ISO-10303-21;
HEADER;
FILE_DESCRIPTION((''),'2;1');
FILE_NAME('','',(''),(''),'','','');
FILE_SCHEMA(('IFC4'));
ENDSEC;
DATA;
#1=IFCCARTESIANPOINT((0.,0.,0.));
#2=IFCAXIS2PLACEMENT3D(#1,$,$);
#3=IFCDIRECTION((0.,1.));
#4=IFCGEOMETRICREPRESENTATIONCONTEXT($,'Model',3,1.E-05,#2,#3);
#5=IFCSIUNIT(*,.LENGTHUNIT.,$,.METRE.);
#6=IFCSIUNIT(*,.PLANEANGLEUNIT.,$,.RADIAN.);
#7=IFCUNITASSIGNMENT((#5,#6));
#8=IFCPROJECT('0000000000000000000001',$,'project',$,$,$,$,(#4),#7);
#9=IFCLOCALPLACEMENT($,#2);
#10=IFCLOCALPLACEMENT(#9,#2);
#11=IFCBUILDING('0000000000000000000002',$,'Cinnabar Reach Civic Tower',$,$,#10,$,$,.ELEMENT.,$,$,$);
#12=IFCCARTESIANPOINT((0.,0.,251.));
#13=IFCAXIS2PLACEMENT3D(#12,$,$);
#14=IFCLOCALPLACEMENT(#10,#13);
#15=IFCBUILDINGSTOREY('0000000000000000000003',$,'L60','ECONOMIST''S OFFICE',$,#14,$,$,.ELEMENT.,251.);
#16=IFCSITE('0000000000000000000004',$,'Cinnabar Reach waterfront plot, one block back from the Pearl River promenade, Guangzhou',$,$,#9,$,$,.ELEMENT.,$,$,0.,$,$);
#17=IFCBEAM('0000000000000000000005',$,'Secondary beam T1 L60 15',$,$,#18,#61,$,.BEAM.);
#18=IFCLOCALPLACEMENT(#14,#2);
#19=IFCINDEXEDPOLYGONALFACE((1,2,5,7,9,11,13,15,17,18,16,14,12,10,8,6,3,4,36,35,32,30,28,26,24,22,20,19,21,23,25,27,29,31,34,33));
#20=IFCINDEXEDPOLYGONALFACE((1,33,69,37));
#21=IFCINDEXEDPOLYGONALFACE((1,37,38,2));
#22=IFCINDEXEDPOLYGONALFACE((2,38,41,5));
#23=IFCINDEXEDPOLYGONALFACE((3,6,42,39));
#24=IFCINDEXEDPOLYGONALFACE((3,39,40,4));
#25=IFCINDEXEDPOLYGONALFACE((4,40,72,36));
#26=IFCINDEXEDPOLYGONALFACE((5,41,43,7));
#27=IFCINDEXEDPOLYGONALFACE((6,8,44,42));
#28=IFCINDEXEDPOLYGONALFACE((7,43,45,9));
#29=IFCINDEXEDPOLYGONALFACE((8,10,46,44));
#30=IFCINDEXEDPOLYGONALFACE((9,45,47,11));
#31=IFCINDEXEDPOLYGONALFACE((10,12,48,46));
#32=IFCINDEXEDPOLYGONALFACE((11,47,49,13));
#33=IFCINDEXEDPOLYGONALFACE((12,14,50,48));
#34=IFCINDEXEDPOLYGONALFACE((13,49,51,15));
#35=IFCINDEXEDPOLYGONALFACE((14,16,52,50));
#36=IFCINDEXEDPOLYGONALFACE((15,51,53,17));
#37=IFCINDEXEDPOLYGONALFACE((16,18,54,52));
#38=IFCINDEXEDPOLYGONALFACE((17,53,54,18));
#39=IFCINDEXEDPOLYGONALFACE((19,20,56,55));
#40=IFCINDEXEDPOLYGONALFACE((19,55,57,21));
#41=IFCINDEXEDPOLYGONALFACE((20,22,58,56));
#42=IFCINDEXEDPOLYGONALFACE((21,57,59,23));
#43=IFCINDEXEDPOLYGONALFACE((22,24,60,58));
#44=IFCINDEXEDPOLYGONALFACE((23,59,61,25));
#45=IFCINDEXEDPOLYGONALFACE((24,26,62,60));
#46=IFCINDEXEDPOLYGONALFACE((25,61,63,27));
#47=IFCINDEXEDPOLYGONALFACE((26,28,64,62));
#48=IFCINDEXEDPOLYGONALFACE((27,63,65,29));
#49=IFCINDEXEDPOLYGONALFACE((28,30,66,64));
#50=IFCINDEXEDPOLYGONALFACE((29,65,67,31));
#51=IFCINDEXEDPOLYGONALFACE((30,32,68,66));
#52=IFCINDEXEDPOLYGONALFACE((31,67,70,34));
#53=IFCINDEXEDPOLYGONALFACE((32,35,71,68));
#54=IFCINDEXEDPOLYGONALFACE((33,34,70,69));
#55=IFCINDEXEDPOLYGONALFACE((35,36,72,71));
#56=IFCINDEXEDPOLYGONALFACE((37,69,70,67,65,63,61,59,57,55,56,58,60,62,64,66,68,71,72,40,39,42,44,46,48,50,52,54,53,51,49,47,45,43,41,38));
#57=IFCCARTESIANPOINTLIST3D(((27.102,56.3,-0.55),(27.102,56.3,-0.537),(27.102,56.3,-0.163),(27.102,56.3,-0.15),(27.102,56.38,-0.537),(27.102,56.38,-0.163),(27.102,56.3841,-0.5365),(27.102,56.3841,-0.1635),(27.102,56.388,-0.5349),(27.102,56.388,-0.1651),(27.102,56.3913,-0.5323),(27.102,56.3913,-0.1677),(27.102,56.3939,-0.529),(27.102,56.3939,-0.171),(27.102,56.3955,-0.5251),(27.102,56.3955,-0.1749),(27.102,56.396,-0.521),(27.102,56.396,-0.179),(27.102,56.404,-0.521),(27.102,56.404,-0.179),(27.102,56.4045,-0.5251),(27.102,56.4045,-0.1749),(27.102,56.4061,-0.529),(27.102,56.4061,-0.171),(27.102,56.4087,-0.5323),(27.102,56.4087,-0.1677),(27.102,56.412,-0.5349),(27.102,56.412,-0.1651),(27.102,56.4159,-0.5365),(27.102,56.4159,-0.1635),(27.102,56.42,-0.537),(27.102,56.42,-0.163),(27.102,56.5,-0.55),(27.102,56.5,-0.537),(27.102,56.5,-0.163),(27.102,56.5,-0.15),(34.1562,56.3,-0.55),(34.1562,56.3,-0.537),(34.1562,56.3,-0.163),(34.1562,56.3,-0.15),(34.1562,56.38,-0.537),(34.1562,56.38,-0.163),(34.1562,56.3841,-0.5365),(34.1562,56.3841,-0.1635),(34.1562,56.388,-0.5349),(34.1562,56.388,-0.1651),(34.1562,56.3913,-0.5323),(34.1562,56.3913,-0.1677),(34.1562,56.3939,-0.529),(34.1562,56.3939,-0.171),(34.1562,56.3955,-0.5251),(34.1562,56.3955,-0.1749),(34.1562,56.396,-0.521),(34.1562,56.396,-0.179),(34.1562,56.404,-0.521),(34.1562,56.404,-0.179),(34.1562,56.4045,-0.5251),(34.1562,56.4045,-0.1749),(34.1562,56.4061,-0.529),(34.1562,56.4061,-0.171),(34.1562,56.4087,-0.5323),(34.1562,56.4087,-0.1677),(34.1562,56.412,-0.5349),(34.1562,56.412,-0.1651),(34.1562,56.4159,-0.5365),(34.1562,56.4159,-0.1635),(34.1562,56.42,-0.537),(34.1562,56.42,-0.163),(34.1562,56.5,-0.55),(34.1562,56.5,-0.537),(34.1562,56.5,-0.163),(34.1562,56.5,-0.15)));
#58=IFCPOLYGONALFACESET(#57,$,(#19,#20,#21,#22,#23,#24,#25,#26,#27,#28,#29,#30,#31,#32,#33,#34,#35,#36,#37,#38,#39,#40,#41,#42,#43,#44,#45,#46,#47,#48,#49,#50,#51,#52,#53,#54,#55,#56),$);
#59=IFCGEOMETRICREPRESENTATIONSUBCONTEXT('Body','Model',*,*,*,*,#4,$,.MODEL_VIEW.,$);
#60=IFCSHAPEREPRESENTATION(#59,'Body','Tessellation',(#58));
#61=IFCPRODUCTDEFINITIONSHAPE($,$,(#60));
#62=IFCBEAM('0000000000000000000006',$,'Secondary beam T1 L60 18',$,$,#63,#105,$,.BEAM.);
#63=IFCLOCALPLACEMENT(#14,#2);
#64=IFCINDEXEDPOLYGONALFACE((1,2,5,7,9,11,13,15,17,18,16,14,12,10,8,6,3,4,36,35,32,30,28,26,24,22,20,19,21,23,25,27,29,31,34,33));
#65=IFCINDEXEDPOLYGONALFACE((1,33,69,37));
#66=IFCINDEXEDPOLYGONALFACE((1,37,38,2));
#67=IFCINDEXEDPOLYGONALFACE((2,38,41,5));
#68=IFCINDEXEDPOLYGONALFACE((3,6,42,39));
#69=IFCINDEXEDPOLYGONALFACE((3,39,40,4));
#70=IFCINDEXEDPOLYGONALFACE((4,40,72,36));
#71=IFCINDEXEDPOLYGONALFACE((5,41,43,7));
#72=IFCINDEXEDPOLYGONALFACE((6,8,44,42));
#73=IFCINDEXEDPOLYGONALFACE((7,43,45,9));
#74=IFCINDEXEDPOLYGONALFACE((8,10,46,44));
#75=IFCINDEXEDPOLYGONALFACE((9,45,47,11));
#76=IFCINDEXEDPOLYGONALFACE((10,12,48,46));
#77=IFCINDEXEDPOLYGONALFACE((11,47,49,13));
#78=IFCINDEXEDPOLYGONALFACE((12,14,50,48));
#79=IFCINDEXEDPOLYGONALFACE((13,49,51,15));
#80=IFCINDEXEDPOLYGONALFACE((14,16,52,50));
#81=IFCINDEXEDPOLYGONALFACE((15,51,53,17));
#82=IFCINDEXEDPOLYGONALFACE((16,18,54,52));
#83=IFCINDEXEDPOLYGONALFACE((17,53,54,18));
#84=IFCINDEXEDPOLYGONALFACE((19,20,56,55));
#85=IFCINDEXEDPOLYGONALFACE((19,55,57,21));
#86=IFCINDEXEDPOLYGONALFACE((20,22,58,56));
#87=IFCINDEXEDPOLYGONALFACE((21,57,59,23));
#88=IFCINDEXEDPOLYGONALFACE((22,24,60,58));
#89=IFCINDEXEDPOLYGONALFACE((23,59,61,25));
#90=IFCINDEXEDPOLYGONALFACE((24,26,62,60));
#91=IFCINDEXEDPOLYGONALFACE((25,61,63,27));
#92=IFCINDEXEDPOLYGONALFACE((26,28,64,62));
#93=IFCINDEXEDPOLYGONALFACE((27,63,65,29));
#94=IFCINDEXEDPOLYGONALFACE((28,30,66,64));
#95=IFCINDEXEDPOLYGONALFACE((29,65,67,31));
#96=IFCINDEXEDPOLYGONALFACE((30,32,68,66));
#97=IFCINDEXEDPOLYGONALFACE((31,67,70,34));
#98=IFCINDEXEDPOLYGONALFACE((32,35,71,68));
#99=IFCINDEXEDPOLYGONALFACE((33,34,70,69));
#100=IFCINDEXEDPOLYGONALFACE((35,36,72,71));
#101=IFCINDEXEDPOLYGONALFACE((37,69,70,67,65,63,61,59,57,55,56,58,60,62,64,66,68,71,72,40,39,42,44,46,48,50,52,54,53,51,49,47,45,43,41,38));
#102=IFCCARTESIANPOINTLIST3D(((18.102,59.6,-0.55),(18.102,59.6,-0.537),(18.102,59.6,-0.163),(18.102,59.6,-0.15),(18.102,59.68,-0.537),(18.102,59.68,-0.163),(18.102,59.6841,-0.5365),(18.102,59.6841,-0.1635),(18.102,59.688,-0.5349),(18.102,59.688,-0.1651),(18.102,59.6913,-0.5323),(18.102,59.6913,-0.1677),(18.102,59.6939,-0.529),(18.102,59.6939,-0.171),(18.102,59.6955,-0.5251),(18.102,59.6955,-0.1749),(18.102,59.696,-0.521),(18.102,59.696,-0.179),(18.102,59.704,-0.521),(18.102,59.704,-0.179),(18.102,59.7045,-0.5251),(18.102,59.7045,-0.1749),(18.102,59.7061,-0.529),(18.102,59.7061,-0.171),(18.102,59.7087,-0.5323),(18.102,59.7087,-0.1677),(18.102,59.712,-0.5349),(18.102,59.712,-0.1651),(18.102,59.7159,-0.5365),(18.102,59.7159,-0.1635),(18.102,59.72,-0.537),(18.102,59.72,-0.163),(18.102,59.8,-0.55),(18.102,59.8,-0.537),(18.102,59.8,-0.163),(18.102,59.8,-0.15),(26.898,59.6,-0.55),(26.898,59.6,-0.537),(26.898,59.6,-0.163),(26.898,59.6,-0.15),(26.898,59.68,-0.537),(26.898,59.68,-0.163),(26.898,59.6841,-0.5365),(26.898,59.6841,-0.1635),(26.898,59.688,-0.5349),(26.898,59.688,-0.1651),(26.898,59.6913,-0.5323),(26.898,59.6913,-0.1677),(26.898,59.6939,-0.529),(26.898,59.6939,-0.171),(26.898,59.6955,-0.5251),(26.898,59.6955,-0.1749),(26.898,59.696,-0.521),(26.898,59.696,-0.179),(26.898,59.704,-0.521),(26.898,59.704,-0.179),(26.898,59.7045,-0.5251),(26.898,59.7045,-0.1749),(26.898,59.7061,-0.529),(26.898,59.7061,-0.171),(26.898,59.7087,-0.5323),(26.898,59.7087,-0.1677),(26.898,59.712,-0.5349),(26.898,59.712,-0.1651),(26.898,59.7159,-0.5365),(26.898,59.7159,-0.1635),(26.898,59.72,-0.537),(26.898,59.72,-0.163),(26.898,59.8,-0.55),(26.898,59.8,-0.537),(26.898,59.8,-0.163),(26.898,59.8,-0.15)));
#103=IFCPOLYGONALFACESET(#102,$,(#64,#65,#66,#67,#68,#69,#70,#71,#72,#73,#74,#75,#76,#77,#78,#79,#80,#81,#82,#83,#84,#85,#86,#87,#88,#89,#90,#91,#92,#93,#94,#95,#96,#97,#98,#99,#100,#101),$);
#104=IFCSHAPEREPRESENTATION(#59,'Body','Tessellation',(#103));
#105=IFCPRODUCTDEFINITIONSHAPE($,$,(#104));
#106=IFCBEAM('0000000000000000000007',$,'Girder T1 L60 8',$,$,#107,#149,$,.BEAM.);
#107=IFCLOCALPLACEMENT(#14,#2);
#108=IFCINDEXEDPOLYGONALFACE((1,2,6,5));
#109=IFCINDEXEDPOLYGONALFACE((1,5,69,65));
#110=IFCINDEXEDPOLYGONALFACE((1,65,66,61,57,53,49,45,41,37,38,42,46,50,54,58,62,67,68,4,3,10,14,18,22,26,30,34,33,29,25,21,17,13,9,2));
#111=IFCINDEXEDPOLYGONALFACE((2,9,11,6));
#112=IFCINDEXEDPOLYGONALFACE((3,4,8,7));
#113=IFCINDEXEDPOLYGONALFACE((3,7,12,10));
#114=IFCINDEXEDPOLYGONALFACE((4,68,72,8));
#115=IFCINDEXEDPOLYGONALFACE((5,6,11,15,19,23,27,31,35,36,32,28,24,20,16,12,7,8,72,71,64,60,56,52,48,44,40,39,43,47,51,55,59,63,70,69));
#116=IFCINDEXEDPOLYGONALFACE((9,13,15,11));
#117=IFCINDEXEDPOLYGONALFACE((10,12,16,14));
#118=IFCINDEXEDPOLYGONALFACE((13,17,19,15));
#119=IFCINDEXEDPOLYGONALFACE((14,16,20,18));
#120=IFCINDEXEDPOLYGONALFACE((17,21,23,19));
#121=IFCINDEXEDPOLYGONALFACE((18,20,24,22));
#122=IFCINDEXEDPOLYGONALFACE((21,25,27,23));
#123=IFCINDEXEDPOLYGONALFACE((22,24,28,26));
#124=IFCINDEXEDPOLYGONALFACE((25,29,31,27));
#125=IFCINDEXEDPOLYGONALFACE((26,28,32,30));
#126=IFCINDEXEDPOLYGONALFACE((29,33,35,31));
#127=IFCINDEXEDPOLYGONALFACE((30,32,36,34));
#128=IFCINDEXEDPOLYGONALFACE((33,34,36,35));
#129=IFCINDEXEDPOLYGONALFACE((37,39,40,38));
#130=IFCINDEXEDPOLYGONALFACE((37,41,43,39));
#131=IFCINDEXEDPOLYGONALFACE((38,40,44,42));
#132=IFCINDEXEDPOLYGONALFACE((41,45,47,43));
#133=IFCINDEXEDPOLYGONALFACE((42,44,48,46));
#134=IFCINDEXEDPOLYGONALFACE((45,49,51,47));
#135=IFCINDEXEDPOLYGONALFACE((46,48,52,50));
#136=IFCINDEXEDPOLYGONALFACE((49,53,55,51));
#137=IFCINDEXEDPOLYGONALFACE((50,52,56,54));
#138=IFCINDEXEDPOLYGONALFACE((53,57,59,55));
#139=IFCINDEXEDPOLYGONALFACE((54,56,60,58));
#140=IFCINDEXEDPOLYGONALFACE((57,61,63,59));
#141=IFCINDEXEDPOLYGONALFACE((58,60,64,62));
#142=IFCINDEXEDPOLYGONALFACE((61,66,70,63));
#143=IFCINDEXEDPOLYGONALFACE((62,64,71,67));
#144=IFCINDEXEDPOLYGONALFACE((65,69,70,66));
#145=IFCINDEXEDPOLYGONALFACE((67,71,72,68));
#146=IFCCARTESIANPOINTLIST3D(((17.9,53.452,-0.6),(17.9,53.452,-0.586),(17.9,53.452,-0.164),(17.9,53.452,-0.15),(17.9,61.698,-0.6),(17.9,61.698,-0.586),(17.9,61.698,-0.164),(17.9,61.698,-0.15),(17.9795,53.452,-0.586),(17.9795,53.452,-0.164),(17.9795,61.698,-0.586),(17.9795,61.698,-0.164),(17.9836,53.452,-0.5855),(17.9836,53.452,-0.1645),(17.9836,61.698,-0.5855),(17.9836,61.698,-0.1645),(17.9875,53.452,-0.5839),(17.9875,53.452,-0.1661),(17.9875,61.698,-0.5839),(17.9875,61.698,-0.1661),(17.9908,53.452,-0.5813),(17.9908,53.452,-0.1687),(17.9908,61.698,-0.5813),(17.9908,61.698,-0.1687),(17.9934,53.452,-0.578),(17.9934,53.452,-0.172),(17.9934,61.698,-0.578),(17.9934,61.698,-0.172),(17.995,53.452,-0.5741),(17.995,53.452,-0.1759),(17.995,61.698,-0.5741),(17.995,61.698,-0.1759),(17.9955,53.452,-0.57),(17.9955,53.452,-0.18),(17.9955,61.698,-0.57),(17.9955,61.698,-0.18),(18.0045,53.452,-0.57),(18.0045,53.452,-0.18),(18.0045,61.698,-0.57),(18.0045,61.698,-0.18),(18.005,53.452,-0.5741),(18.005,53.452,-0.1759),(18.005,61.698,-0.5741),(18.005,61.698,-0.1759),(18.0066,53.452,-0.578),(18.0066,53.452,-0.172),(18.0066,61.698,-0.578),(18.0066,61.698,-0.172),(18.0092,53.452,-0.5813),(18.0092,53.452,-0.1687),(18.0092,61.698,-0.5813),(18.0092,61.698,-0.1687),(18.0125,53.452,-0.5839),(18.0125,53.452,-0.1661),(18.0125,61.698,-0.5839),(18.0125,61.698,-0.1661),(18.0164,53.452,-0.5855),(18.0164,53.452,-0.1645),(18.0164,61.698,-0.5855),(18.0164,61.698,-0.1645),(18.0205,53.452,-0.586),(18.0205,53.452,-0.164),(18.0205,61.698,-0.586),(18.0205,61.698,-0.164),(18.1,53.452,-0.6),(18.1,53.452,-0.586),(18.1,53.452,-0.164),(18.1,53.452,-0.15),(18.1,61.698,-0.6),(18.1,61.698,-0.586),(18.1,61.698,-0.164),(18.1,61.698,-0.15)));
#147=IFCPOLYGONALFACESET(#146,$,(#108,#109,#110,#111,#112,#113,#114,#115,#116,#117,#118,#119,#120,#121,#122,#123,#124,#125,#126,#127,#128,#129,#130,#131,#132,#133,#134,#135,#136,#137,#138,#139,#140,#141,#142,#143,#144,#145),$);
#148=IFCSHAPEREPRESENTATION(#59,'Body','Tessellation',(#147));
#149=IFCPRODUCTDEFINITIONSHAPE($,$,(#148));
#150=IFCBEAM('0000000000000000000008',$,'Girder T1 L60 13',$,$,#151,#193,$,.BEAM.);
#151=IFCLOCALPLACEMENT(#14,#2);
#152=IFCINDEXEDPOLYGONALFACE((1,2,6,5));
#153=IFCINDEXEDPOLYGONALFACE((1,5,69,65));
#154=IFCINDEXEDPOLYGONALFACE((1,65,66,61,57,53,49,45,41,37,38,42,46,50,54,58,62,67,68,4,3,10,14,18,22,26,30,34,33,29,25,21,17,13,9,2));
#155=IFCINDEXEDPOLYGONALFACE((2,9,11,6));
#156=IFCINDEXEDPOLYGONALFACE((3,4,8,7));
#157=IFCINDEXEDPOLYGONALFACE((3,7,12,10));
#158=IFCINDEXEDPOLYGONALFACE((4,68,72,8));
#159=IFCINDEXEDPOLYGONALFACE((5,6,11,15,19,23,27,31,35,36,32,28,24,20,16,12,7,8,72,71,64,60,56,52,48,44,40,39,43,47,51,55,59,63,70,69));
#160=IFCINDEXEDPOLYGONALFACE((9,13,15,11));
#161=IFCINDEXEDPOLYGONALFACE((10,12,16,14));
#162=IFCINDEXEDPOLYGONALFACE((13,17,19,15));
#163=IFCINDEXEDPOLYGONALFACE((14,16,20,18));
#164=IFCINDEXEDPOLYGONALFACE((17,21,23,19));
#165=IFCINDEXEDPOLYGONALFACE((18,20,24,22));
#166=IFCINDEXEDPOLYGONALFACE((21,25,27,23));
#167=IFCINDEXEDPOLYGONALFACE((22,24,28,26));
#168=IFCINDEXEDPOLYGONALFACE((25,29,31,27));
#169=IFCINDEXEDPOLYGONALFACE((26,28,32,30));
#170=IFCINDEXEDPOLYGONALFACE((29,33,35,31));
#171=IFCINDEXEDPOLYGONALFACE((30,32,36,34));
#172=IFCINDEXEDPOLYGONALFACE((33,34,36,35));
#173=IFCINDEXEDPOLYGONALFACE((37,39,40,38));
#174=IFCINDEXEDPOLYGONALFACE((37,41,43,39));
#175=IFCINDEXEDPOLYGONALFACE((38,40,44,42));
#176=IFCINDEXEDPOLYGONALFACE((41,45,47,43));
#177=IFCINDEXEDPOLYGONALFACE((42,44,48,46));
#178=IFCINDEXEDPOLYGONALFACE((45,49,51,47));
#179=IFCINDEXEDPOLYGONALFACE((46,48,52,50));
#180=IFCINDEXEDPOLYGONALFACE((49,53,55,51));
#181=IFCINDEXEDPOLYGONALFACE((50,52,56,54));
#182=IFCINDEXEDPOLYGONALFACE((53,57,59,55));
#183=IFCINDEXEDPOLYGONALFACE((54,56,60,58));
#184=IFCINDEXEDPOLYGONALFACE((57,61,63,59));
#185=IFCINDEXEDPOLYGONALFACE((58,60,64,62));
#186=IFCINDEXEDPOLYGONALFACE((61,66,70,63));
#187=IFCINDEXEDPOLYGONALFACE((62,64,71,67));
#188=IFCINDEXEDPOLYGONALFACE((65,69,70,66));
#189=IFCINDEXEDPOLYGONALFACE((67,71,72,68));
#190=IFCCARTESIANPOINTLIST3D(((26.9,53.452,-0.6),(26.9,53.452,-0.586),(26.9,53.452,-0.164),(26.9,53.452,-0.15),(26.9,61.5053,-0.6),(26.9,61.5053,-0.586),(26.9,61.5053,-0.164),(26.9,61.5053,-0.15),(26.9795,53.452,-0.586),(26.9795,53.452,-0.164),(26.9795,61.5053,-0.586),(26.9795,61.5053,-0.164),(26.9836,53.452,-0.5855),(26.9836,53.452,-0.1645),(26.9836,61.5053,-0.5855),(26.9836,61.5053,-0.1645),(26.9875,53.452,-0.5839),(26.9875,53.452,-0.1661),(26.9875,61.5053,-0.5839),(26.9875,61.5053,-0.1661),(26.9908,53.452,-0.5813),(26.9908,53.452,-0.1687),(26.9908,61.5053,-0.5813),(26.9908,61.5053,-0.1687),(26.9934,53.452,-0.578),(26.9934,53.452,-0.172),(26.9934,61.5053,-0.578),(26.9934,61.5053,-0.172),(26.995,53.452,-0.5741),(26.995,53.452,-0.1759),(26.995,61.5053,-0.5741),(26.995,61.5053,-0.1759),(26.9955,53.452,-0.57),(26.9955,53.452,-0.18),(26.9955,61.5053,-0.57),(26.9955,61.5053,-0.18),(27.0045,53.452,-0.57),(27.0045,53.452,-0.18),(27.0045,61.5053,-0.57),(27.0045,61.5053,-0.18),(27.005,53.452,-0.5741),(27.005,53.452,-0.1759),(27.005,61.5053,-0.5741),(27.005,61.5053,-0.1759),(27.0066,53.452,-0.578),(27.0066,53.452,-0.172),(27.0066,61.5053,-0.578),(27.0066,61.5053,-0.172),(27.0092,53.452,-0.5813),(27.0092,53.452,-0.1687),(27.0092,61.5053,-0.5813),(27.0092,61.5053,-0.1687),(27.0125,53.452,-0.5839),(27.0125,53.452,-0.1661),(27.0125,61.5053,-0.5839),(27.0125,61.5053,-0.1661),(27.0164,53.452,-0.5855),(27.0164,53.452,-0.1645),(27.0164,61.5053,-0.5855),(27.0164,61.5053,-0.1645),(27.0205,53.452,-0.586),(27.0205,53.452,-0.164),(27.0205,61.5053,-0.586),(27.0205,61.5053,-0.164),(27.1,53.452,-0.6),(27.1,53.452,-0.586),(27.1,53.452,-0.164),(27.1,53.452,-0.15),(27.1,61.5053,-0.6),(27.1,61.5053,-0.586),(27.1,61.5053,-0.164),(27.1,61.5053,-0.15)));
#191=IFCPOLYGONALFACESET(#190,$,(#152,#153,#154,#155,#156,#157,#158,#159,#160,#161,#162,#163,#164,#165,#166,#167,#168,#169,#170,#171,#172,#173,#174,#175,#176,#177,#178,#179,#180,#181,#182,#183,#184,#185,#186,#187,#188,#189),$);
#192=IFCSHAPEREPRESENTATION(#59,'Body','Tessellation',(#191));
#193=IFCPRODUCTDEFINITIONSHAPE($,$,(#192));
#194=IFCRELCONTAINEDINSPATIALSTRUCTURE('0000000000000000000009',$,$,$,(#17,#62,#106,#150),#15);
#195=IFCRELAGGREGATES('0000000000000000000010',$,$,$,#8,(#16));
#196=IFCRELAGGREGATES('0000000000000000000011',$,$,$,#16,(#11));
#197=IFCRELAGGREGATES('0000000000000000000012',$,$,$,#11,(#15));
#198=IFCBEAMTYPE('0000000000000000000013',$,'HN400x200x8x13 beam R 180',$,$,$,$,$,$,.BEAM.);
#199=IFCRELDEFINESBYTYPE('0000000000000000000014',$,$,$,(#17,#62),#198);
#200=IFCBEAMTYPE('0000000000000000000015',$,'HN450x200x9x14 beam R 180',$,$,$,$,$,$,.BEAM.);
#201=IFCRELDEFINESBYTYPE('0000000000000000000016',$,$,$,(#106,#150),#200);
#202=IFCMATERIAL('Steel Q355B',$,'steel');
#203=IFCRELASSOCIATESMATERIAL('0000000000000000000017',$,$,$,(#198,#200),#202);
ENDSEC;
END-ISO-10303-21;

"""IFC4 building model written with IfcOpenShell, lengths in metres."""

from ifc_helpers import new_model, si_unit, direction, frame, origin, origin_2d, place, context, subcontext, project, spatial, i_section, extrude, material, material_profile, profile_set, type_object, element, save


model = new_model("IFC4")

# Units and contexts
model_context = context("Model", 3, precision=1e-05, world=origin(), true_north=direction((0.0, 1.0)))
body_context = subcontext(model_context, "Body", "Model", "MODEL_VIEW")
ifc_project = project(units=[si_unit("LENGTHUNIT", "METRE"), si_unit("PLANEANGLEUNIT", "RADIAN")], contexts=[model_context])

# Site, building, storey
site_placement = place(None, origin())
site = spatial("IfcSite", under=ifc_project, at=site_placement, Name="Cinnabar Reach waterfront plot, one block back from the Pearl River promenade, Guangzhou", CompositionType="ELEMENT", RefElevation=0.0)
building_placement = place(site_placement, origin())
building = spatial("IfcBuilding", under=site, at=building_placement, Name="Cinnabar Reach Civic Tower", CompositionType="ELEMENT")
storey_placement = place(building_placement, frame((0.0, 0.0, 251.0)))
storey = spatial("IfcBuildingStorey", under=building, at=storey_placement, Name="L60", Description="ECONOMIST'S OFFICE", CompositionType="ELEMENT", Elevation=251.0)

# Beams
ifc_material_1 = material(Name="Steel Q355B", Category="steel")
ifc_material_profile_1 = material_profile(ifc_material_1, i_section(OverallWidth=0.2, OverallDepth=0.4, WebThickness=0.008, FlangeThickness=0.013, FilletRadius=0.016, at=origin_2d()), Name="HN400x200x8x13")
ifc_profile_set_1 = profile_set([ifc_material_profile_1], Name="Steel Q355B")
beam_type_1 = type_object("IfcBeamType", Name="HN400x200x8x13 beam R 180", PredefinedType="BEAM", material=ifc_profile_set_1)
beam_1_placement = place(storey_placement, frame((27.102, 56.4, -0.35), z_axis=(1.0, 0.0, 0.0), x_axis=(0.0, 1.0, 0.0)))
element("IfcBeam", 1, at=beam_1_placement, inside=storey, type_object=beam_type_1, Name="Secondary beam T1 L60 15", PredefinedType="BEAM", context=body_context, shape_type="SweptSolid", body=[
    extrude(i_section(OverallWidth=0.2, OverallDepth=0.4, WebThickness=0.008, FlangeThickness=0.013, FilletRadius=0.016, at=origin_2d()), origin(), (0.0, 0.0, 1.0), 7.0542),
])
beam_2_placement = place(storey_placement, frame((18.102, 59.7, -0.35), z_axis=(1.0, 0.0, 0.0), x_axis=(0.0, 1.0, 0.0)))
element("IfcBeam", 2, at=beam_2_placement, inside=storey, type_object=beam_type_1, Name="Secondary beam T1 L60 18", PredefinedType="BEAM", context=body_context, shape_type="SweptSolid", body=[
    extrude(i_section(OverallWidth=0.2, OverallDepth=0.4, WebThickness=0.008, FlangeThickness=0.013, FilletRadius=0.016, at=origin_2d()), origin(), (0.0, 0.0, 1.0), 8.796),
])
ifc_material_profile_2 = material_profile(ifc_material_1, i_section(OverallWidth=0.2, OverallDepth=0.45, WebThickness=0.009, FlangeThickness=0.014, FilletRadius=0.016, at=origin_2d()), Name="HN450x200x9x14")
ifc_profile_set_2 = profile_set([ifc_material_profile_2], Name="Steel Q355B")
beam_type_2 = type_object("IfcBeamType", Name="HN450x200x9x14 beam R 180", PredefinedType="BEAM", material=ifc_profile_set_2)
beam_3_placement = place(storey_placement, frame((18.0, 53.452, -0.375), z_axis=(0.0, 1.0, 0.0), x_axis=(-1.0, 0.0, 0.0)))
element("IfcBeam", 3, at=beam_3_placement, inside=storey, type_object=beam_type_2, Name="Girder T1 L60 8", PredefinedType="BEAM", context=body_context, shape_type="SweptSolid", body=[
    extrude(i_section(OverallWidth=0.2, OverallDepth=0.45, WebThickness=0.009, FlangeThickness=0.014, FilletRadius=0.016, at=origin_2d()), origin(), (0.0, 0.0, 1.0), 8.246),
])
beam_4_placement = place(storey_placement, frame((27.0, 53.452, -0.375), z_axis=(0.0, 1.0, 0.0), x_axis=(-1.0, 0.0, 0.0)))
element("IfcBeam", 4, at=beam_4_placement, inside=storey, type_object=beam_type_2, Name="Girder T1 L60 13", PredefinedType="BEAM", context=body_context, shape_type="SweptSolid", body=[
    extrude(i_section(OverallWidth=0.2, OverallDepth=0.45, WebThickness=0.009, FlangeThickness=0.014, FilletRadius=0.016, at=origin_2d()), origin(), (0.0, 0.0, 1.0), 8.0533),
])

save(model, "model.ifc")
